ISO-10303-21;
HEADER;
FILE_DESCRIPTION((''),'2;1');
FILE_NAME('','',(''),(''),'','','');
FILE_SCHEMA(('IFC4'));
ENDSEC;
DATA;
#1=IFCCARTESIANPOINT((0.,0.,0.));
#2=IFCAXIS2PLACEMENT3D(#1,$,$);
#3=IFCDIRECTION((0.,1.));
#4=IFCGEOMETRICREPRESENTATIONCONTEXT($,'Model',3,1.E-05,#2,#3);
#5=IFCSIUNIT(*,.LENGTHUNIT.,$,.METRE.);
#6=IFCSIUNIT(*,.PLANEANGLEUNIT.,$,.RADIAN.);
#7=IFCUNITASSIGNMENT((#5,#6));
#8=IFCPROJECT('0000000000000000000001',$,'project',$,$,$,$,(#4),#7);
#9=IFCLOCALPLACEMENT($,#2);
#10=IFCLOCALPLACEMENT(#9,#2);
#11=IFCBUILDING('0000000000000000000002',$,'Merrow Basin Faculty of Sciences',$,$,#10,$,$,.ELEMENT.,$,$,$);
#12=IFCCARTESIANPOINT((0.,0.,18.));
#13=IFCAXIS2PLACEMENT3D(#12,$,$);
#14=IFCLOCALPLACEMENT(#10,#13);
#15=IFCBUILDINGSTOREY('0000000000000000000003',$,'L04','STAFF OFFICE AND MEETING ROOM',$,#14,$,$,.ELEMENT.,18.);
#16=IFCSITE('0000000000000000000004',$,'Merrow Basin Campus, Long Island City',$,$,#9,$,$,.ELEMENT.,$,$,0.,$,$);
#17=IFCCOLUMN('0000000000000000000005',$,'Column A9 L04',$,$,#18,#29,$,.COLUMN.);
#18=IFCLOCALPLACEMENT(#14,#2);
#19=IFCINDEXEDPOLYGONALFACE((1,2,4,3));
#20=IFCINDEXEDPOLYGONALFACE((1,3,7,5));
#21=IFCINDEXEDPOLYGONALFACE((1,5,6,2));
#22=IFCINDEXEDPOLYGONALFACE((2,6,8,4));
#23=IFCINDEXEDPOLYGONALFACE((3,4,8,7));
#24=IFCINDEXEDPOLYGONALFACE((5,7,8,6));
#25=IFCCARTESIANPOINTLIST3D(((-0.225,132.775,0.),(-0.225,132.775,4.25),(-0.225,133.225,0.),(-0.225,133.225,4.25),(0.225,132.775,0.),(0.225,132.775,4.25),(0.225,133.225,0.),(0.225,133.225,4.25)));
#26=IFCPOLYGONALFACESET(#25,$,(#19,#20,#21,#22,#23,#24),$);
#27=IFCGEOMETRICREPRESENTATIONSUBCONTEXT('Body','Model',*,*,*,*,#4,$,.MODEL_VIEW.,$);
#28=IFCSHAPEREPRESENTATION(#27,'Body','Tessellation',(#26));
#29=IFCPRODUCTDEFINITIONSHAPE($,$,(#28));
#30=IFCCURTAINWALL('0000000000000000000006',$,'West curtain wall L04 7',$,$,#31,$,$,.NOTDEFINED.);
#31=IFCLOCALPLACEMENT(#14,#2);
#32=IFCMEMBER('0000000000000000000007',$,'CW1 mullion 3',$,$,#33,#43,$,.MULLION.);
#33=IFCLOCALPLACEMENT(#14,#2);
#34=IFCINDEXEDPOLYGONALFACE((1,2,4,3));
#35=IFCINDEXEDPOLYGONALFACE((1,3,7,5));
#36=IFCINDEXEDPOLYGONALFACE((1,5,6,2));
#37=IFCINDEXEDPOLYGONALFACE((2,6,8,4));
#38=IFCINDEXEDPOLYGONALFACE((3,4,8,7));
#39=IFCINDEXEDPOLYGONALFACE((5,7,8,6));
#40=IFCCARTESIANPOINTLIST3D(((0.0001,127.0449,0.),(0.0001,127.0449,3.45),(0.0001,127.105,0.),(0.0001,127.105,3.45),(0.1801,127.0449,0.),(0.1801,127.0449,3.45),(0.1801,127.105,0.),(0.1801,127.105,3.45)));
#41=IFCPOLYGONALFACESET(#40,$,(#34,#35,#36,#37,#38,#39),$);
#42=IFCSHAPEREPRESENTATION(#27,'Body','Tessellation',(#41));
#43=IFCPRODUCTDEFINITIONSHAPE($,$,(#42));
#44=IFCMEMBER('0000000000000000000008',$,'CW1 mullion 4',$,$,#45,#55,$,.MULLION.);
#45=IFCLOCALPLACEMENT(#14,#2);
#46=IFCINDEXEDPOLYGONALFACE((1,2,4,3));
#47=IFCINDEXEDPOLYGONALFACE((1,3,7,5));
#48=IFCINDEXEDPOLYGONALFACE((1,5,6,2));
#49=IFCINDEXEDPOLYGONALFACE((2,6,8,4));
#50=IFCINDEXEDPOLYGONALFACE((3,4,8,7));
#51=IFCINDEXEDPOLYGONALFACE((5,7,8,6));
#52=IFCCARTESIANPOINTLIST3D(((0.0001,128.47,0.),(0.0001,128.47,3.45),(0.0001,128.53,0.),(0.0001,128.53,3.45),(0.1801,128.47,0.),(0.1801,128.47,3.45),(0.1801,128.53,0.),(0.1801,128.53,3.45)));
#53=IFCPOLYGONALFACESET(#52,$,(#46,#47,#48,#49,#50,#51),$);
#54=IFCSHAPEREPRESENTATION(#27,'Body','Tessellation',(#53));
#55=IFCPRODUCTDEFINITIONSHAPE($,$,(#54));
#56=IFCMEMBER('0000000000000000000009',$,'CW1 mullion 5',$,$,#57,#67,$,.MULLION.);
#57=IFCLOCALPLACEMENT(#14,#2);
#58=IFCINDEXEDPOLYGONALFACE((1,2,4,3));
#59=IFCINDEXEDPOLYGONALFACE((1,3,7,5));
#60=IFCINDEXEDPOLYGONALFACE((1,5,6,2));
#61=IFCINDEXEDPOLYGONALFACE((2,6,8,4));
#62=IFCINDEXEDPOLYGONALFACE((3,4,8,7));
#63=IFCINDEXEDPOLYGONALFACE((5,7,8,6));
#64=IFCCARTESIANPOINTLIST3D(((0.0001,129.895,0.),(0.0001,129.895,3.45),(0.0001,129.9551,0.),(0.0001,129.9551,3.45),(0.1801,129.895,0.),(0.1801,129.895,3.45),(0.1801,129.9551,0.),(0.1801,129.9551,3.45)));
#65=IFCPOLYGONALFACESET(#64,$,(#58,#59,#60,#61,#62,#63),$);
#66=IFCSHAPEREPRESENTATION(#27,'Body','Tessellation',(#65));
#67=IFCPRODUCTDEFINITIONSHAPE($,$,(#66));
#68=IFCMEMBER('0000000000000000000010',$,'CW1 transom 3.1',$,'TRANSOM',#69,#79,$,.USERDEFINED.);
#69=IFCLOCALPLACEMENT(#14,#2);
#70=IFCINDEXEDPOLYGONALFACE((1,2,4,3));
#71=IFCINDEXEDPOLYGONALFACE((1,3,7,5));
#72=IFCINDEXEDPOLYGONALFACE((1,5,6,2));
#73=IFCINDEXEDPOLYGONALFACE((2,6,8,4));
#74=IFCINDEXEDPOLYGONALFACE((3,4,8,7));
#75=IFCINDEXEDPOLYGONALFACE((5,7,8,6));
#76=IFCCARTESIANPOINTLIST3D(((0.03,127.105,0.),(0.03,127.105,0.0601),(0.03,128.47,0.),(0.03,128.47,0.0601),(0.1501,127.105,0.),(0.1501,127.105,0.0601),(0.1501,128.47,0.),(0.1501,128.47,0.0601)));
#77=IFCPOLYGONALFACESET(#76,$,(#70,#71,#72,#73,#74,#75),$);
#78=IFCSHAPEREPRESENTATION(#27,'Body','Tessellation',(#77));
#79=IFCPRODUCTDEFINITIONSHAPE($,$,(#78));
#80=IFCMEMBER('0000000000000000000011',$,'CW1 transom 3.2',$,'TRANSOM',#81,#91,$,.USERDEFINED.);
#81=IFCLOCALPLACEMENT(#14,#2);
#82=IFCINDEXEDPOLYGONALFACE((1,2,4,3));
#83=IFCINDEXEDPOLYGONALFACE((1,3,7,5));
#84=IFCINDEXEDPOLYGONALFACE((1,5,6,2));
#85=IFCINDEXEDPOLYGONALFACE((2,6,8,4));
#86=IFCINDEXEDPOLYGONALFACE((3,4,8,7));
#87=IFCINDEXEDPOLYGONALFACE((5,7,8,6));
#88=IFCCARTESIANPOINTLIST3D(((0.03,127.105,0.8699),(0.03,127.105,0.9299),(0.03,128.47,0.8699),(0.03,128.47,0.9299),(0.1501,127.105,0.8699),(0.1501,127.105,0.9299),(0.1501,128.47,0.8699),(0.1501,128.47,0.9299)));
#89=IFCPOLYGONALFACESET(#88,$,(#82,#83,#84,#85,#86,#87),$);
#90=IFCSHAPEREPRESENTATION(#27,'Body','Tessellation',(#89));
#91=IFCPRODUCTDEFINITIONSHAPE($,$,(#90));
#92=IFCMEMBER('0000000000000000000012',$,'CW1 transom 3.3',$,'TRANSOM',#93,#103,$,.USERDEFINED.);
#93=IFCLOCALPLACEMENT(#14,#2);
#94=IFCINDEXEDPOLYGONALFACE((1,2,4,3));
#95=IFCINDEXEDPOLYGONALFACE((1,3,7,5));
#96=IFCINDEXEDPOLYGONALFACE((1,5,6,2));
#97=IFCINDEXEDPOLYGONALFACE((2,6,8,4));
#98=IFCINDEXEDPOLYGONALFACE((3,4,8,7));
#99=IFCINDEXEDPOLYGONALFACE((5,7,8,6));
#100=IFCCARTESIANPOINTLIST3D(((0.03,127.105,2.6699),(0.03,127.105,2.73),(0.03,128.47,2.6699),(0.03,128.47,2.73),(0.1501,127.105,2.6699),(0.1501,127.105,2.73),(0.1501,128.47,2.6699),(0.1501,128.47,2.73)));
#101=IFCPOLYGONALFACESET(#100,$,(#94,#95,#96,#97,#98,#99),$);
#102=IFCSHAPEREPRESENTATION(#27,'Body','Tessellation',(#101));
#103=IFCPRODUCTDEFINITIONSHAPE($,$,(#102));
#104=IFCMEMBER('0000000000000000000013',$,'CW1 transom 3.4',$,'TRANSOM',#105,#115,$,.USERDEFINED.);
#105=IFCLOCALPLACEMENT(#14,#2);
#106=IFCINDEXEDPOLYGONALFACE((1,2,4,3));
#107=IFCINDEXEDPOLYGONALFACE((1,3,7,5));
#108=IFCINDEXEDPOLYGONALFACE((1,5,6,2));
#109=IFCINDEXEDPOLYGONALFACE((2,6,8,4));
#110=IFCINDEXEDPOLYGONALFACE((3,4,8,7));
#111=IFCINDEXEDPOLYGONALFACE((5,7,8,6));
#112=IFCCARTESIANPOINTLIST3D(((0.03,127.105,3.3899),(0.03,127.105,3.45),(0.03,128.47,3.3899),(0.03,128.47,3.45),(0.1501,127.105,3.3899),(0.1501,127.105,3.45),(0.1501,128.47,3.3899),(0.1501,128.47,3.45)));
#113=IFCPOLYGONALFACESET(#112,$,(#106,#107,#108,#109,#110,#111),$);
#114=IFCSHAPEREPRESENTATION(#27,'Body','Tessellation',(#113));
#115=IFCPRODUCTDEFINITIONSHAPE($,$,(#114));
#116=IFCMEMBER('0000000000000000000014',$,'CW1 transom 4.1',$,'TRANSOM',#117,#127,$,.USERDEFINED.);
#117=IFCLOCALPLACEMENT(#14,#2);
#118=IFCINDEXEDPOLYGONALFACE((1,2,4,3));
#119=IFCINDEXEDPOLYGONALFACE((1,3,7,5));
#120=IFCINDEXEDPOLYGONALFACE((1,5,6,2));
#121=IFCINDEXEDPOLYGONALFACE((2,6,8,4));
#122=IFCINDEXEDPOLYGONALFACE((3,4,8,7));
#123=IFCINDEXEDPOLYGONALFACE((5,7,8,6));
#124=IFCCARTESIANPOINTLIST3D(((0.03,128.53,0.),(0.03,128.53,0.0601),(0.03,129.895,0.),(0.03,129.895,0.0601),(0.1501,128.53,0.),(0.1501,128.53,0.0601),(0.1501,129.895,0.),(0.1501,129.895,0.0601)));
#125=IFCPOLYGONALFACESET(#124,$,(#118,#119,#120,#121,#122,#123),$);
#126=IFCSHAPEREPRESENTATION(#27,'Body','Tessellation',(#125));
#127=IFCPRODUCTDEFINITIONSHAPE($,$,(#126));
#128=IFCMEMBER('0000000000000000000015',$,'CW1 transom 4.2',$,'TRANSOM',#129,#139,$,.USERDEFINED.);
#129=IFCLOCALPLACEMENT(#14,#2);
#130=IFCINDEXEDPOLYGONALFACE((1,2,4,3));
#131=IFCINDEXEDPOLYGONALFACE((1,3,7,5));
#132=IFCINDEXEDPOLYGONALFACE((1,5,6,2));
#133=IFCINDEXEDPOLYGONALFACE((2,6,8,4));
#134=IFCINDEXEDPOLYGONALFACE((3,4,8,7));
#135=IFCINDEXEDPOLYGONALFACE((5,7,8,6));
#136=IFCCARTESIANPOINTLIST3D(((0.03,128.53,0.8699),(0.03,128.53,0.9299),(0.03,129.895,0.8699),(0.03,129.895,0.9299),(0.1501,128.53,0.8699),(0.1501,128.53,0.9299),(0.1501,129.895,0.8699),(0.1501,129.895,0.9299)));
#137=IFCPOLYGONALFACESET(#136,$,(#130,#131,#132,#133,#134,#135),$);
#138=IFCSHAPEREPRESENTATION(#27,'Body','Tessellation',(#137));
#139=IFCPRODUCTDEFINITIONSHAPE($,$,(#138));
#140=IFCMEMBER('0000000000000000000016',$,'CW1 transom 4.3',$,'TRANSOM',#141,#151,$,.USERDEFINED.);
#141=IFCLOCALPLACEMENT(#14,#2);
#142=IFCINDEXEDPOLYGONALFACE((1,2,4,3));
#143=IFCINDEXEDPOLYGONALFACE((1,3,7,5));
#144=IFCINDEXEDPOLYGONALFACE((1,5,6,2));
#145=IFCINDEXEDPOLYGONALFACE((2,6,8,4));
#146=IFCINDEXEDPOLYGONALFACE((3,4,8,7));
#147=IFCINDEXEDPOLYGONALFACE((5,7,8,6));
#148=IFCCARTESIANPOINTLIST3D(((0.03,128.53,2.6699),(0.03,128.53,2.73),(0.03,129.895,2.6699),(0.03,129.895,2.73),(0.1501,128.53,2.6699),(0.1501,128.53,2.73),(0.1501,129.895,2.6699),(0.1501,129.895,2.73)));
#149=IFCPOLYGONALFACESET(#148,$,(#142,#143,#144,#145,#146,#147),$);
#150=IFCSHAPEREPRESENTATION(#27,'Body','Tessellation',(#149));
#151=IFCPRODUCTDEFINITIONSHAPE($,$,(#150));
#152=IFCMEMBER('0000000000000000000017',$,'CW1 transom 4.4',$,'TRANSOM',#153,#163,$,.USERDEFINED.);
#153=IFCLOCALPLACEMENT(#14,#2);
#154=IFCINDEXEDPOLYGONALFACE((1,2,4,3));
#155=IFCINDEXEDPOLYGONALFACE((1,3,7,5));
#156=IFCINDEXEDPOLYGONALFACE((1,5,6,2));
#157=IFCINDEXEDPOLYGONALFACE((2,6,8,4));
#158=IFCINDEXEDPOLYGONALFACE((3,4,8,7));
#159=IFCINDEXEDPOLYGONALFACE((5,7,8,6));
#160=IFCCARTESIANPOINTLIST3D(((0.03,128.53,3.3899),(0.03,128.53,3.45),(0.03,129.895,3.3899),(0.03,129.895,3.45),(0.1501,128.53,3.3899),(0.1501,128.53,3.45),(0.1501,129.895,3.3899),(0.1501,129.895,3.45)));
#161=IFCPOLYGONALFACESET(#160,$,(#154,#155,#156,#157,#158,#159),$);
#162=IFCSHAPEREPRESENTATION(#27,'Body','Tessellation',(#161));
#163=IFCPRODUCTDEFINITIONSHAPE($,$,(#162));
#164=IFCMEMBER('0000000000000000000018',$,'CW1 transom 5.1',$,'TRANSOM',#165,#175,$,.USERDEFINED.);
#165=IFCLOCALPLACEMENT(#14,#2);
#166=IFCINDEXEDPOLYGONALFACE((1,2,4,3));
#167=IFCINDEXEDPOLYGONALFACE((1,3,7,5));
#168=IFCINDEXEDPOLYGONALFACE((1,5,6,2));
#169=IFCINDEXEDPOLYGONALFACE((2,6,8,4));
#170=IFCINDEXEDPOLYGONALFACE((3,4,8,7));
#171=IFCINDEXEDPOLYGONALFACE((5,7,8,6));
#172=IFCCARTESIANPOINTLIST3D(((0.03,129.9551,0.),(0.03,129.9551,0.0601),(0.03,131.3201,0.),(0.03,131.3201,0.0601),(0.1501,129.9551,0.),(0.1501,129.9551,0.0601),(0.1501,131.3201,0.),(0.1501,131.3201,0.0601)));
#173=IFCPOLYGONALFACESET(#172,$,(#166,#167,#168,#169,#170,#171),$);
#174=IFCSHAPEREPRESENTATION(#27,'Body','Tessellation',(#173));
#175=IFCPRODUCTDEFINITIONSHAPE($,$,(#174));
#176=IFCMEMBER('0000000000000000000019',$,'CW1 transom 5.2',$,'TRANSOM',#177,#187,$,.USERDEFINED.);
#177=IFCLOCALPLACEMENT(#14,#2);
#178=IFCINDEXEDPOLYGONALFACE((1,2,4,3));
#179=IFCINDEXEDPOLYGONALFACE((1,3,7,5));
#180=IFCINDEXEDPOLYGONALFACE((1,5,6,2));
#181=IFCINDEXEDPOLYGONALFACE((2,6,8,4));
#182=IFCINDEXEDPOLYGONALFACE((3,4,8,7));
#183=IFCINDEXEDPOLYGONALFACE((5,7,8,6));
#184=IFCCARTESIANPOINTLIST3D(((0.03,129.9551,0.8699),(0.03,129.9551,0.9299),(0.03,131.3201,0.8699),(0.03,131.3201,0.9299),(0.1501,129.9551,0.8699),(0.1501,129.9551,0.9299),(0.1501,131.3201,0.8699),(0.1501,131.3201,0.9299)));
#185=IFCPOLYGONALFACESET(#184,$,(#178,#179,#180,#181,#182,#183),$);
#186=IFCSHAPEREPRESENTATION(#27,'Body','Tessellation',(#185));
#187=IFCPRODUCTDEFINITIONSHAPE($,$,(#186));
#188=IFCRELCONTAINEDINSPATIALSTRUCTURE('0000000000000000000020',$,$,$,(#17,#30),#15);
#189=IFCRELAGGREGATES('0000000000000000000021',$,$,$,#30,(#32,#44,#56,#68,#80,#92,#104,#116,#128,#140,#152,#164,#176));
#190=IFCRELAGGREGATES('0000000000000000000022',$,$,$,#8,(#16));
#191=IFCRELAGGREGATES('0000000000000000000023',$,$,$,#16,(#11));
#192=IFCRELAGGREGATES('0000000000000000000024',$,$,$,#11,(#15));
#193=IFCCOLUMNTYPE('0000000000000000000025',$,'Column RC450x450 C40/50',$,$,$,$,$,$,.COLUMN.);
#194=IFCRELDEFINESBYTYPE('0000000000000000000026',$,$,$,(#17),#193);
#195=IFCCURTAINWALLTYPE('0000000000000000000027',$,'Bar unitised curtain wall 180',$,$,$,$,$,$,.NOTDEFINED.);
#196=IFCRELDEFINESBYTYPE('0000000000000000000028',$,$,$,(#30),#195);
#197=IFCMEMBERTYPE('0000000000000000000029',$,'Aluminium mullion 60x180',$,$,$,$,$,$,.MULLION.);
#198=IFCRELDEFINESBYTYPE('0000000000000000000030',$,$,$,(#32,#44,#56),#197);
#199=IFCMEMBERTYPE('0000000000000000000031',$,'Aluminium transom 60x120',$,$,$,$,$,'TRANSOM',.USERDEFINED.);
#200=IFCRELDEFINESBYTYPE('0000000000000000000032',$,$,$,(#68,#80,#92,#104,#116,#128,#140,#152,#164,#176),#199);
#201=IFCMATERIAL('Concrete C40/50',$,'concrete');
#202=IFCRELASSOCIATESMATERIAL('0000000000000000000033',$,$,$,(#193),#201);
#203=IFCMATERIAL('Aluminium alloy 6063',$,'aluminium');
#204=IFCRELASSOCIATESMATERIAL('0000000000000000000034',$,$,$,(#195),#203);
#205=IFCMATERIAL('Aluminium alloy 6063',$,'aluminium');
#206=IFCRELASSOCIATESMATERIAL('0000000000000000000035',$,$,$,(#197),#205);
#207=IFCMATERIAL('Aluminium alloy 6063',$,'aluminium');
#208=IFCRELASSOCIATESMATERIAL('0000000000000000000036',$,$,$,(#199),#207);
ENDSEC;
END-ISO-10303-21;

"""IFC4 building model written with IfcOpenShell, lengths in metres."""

from ifc_helpers import new_model, si_unit, direction, frame, origin, origin_2d, place, context, subcontext, project, spatial, rectangle, extrude, material, material_profile, profile_set, type_object, element, aggregate, save


model = new_model("IFC4")

# Units and contexts
model_context = context("Model", 3, precision=1e-05, world=origin(), true_north=direction((0.0, 1.0)))
body_context = subcontext(model_context, "Body", "Model", "MODEL_VIEW")
ifc_project = project(units=[si_unit("LENGTHUNIT", "METRE"), si_unit("PLANEANGLEUNIT", "RADIAN")], contexts=[model_context])

# Site, building, storey
site_placement = place(None, origin())
site = spatial("IfcSite", under=ifc_project, at=site_placement, Name="Merrow Basin Campus, Long Island City", CompositionType="ELEMENT", RefElevation=0.0)
building_placement = place(site_placement, origin())
building = spatial("IfcBuilding", under=site, at=building_placement, Name="Merrow Basin Faculty of Sciences", CompositionType="ELEMENT")
storey_placement = place(building_placement, frame((0.0, 0.0, 18.0)))
storey = spatial("IfcBuildingStorey", under=building, at=storey_placement, Name="L04", Description="STAFF OFFICE AND MEETING ROOM", CompositionType="ELEMENT", Elevation=18.0)

# Column
ifc_material_1 = material(Name="Concrete C40/50", Category="concrete")
ifc_material_profile_1 = material_profile(ifc_material_1, rectangle(XDim=0.45, YDim=0.45, at=origin_2d()))
ifc_profile_set_1 = profile_set([ifc_material_profile_1], Name="Concrete C40/50")
column_type = type_object("IfcColumnType", Name="Column RC450x450 C40/50", PredefinedType="COLUMN", material=ifc_profile_set_1)
column_placement = place(storey_placement, frame((0.0, 133.0, 0.0), z_axis=(0.0, 0.0, 1.0), x_axis=(1.0, 0.0, 0.0)))
element("IfcColumn", 1, at=column_placement, inside=storey, type_object=column_type, Name="Column A9 L04", PredefinedType="COLUMN", context=body_context, shape_type="SweptSolid", body=[
    extrude(rectangle(XDim=0.45, YDim=0.45, at=origin_2d()), origin(), (0.0, 0.0, 1.0), 4.25),
])

# Curtain wall, members
ifc_material_2 = material(Name="Aluminium alloy 6063", Category="aluminium")
curtain_wall_type = type_object("IfcCurtainWallType", Name="Bar unitised curtain wall 180", PredefinedType="NOTDEFINED", material=ifc_material_2)
curtain_wall_placement = place(storey_placement, origin())
curtain_wall = element("IfcCurtainWall", 2, at=curtain_wall_placement, inside=storey, type_object=curtain_wall_type, Name="West curtain wall L04 7", PredefinedType="NOTDEFINED")
ifc_material_3 = material(Name="Aluminium alloy 6063", Category="aluminium")
ifc_material_profile_2 = material_profile(ifc_material_3, rectangle(XDim=0.1799, YDim=0.0601, at=origin_2d()))
ifc_profile_set_2 = profile_set([ifc_material_profile_2], Name="Aluminium alloy 6063")
member_type_1 = type_object("IfcMemberType", Name="Aluminium mullion 60x180", PredefinedType="MULLION", material=ifc_profile_set_2)
member_1_placement = place(storey_placement, frame((0.0901, 127.075, 0.0), z_axis=(0.0, 0.0, 1.0), x_axis=(-1.0, 0.0, 0.0)))
member_1 = element("IfcMember", 3, at=member_1_placement, type_object=member_type_1, Name="CW1 mullion 3", PredefinedType="MULLION", context=body_context, shape_type="SweptSolid", body=[
    extrude(rectangle(XDim=0.1799, YDim=0.0601, at=origin_2d()), origin(), (0.0, 0.0, 1.0), 3.45),
])
member_2_placement = place(storey_placement, frame((0.0901, 128.5, 0.0), z_axis=(0.0, 0.0, 1.0), x_axis=(-1.0, 0.0, 0.0)))
member_2 = element("IfcMember", 4, at=member_2_placement, type_object=member_type_1, Name="CW1 mullion 4", PredefinedType="MULLION", context=body_context, shape_type="SweptSolid", body=[
    extrude(rectangle(XDim=0.1799, YDim=0.0601, at=origin_2d()), origin(), (0.0, 0.0, 1.0), 3.45),
])
member_3_placement = place(storey_placement, frame((0.0901, 129.925, 0.0), z_axis=(0.0, 0.0, 1.0), x_axis=(-1.0, 0.0, 0.0)))
member_3 = element("IfcMember", 5, at=member_3_placement, type_object=member_type_1, Name="CW1 mullion 5", PredefinedType="MULLION", context=body_context, shape_type="SweptSolid", body=[
    extrude(rectangle(XDim=0.1799, YDim=0.0601, at=origin_2d()), origin(), (0.0, 0.0, 1.0), 3.45),
])
ifc_material_4 = material(Name="Aluminium alloy 6063", Category="aluminium")
ifc_material_profile_3 = material_profile(ifc_material_4, rectangle(XDim=0.1201, YDim=0.0601, at=origin_2d()))
ifc_profile_set_3 = profile_set([ifc_material_profile_3], Name="Aluminium alloy 6063")
member_type_2 = type_object("IfcMemberType", Name="Aluminium transom 60x120", ElementType="TRANSOM", PredefinedType="USERDEFINED", material=ifc_profile_set_3)
member_4_placement = place(storey_placement, frame((0.0901, 127.105, 0.03), z_axis=(0.0, 1.0, 0.0), x_axis=(-1.0, 0.0, 0.0)))
member_4 = element("IfcMember", 6, at=member_4_placement, type_object=member_type_2, Name="CW1 transom 3.1", ObjectType="TRANSOM", PredefinedType="USERDEFINED", context=body_context, shape_type="SweptSolid", body=[
    extrude(rectangle(XDim=0.1201, YDim=0.0601, at=origin_2d()), origin(), (0.0, 0.0, 1.0), 1.365),
])
member_5_placement = place(storey_placement, frame((0.0901, 127.105, 0.8999), z_axis=(0.0, 1.0, 0.0), x_axis=(-1.0, 0.0, 0.0)))
member_5 = element("IfcMember", 7, at=member_5_placement, type_object=member_type_2, Name="CW1 transom 3.2", ObjectType="TRANSOM", PredefinedType="USERDEFINED", context=body_context, shape_type="SweptSolid", body=[
    extrude(rectangle(XDim=0.1201, YDim=0.0601, at=origin_2d()), origin(), (0.0, 0.0, 1.0), 1.365),
])
member_6_placement = place(storey_placement, frame((0.0901, 127.105, 2.7), z_axis=(0.0, 1.0, 0.0), x_axis=(-1.0, 0.0, 0.0)))
member_6 = element("IfcMember", 8, at=member_6_placement, type_object=member_type_2, Name="CW1 transom 3.3", ObjectType="TRANSOM", PredefinedType="USERDEFINED", context=body_context, shape_type="SweptSolid", body=[
    extrude(rectangle(XDim=0.1201, YDim=0.0601, at=origin_2d()), origin(), (0.0, 0.0, 1.0), 1.365),
])
member_7_placement = place(storey_placement, frame((0.0901, 127.105, 3.4199), z_axis=(0.0, 1.0, 0.0), x_axis=(-1.0, 0.0, 0.0)))
member_7 = element("IfcMember", 9, at=member_7_placement, type_object=member_type_2, Name="CW1 transom 3.4", ObjectType="TRANSOM", PredefinedType="USERDEFINED", context=body_context, shape_type="SweptSolid", body=[
    extrude(rectangle(XDim=0.1201, YDim=0.0601, at=origin_2d()), origin(), (0.0, 0.0, 1.0), 1.365),
])
member_8_placement = place(storey_placement, frame((0.0901, 128.53, 0.03), z_axis=(0.0, 1.0, 0.0), x_axis=(-1.0, 0.0, 0.0)))
member_8 = element("IfcMember", 10, at=member_8_placement, type_object=member_type_2, Name="CW1 transom 4.1", ObjectType="TRANSOM", PredefinedType="USERDEFINED", context=body_context, shape_type="SweptSolid", body=[
    extrude(rectangle(XDim=0.1201, YDim=0.0601, at=origin_2d()), origin(), (0.0, 0.0, 1.0), 1.365),
])
member_9_placement = place(storey_placement, frame((0.0901, 128.53, 0.8999), z_axis=(0.0, 1.0, 0.0), x_axis=(-1.0, 0.0, 0.0)))
member_9 = element("IfcMember", 11, at=member_9_placement, type_object=member_type_2, Name="CW1 transom 4.2", ObjectType="TRANSOM", PredefinedType="USERDEFINED", context=body_context, shape_type="SweptSolid", body=[
    extrude(rectangle(XDim=0.1201, YDim=0.0601, at=origin_2d()), origin(), (0.0, 0.0, 1.0), 1.365),
])
member_10_placement = place(storey_placement, frame((0.0901, 128.53, 2.7), z_axis=(0.0, 1.0, 0.0), x_axis=(-1.0, 0.0, 0.0)))
member_10 = element("IfcMember", 12, at=member_10_placement, type_object=member_type_2, Name="CW1 transom 4.3", ObjectType="TRANSOM", PredefinedType="USERDEFINED", context=body_context, shape_type="SweptSolid", body=[
    extrude(rectangle(XDim=0.1201, YDim=0.0601, at=origin_2d()), origin(), (0.0, 0.0, 1.0), 1.365),
])
member_11_placement = place(storey_placement, frame((0.0901, 128.53, 3.4199), z_axis=(0.0, 1.0, 0.0), x_axis=(-1.0, 0.0, 0.0)))
member_11 = element("IfcMember", 13, at=member_11_placement, type_object=member_type_2, Name="CW1 transom 4.4", ObjectType="TRANSOM", PredefinedType="USERDEFINED", context=body_context, shape_type="SweptSolid", body=[
    extrude(rectangle(XDim=0.1201, YDim=0.0601, at=origin_2d()), origin(), (0.0, 0.0, 1.0), 1.365),
])
member_12_placement = place(storey_placement, frame((0.0901, 129.9551, 0.03), z_axis=(0.0, 1.0, 0.0), x_axis=(-1.0, 0.0, 0.0)))
member_12 = element("IfcMember", 14, at=member_12_placement, type_object=member_type_2, Name="CW1 transom 5.1", ObjectType="TRANSOM", PredefinedType="USERDEFINED", context=body_context, shape_type="SweptSolid", body=[
    extrude(rectangle(XDim=0.1201, YDim=0.0601, at=origin_2d()), origin(), (0.0, 0.0, 1.0), 1.365),
])
member_13_placement = place(storey_placement, frame((0.0901, 129.9551, 0.8999), z_axis=(0.0, 1.0, 0.0), x_axis=(-1.0, 0.0, 0.0)))
member_13 = element("IfcMember", 15, at=member_13_placement, type_object=member_type_2, Name="CW1 transom 5.2", ObjectType="TRANSOM", PredefinedType="USERDEFINED", context=body_context, shape_type="SweptSolid", body=[
    extrude(rectangle(XDim=0.1201, YDim=0.0601, at=origin_2d()), origin(), (0.0, 0.0, 1.0), 1.365),
])
aggregate(curtain_wall, [member_1, member_2, member_3, member_4, member_5, member_6, member_7, member_8, member_9, member_10, member_11, member_12, member_13])

save(model, "model.ifc")
